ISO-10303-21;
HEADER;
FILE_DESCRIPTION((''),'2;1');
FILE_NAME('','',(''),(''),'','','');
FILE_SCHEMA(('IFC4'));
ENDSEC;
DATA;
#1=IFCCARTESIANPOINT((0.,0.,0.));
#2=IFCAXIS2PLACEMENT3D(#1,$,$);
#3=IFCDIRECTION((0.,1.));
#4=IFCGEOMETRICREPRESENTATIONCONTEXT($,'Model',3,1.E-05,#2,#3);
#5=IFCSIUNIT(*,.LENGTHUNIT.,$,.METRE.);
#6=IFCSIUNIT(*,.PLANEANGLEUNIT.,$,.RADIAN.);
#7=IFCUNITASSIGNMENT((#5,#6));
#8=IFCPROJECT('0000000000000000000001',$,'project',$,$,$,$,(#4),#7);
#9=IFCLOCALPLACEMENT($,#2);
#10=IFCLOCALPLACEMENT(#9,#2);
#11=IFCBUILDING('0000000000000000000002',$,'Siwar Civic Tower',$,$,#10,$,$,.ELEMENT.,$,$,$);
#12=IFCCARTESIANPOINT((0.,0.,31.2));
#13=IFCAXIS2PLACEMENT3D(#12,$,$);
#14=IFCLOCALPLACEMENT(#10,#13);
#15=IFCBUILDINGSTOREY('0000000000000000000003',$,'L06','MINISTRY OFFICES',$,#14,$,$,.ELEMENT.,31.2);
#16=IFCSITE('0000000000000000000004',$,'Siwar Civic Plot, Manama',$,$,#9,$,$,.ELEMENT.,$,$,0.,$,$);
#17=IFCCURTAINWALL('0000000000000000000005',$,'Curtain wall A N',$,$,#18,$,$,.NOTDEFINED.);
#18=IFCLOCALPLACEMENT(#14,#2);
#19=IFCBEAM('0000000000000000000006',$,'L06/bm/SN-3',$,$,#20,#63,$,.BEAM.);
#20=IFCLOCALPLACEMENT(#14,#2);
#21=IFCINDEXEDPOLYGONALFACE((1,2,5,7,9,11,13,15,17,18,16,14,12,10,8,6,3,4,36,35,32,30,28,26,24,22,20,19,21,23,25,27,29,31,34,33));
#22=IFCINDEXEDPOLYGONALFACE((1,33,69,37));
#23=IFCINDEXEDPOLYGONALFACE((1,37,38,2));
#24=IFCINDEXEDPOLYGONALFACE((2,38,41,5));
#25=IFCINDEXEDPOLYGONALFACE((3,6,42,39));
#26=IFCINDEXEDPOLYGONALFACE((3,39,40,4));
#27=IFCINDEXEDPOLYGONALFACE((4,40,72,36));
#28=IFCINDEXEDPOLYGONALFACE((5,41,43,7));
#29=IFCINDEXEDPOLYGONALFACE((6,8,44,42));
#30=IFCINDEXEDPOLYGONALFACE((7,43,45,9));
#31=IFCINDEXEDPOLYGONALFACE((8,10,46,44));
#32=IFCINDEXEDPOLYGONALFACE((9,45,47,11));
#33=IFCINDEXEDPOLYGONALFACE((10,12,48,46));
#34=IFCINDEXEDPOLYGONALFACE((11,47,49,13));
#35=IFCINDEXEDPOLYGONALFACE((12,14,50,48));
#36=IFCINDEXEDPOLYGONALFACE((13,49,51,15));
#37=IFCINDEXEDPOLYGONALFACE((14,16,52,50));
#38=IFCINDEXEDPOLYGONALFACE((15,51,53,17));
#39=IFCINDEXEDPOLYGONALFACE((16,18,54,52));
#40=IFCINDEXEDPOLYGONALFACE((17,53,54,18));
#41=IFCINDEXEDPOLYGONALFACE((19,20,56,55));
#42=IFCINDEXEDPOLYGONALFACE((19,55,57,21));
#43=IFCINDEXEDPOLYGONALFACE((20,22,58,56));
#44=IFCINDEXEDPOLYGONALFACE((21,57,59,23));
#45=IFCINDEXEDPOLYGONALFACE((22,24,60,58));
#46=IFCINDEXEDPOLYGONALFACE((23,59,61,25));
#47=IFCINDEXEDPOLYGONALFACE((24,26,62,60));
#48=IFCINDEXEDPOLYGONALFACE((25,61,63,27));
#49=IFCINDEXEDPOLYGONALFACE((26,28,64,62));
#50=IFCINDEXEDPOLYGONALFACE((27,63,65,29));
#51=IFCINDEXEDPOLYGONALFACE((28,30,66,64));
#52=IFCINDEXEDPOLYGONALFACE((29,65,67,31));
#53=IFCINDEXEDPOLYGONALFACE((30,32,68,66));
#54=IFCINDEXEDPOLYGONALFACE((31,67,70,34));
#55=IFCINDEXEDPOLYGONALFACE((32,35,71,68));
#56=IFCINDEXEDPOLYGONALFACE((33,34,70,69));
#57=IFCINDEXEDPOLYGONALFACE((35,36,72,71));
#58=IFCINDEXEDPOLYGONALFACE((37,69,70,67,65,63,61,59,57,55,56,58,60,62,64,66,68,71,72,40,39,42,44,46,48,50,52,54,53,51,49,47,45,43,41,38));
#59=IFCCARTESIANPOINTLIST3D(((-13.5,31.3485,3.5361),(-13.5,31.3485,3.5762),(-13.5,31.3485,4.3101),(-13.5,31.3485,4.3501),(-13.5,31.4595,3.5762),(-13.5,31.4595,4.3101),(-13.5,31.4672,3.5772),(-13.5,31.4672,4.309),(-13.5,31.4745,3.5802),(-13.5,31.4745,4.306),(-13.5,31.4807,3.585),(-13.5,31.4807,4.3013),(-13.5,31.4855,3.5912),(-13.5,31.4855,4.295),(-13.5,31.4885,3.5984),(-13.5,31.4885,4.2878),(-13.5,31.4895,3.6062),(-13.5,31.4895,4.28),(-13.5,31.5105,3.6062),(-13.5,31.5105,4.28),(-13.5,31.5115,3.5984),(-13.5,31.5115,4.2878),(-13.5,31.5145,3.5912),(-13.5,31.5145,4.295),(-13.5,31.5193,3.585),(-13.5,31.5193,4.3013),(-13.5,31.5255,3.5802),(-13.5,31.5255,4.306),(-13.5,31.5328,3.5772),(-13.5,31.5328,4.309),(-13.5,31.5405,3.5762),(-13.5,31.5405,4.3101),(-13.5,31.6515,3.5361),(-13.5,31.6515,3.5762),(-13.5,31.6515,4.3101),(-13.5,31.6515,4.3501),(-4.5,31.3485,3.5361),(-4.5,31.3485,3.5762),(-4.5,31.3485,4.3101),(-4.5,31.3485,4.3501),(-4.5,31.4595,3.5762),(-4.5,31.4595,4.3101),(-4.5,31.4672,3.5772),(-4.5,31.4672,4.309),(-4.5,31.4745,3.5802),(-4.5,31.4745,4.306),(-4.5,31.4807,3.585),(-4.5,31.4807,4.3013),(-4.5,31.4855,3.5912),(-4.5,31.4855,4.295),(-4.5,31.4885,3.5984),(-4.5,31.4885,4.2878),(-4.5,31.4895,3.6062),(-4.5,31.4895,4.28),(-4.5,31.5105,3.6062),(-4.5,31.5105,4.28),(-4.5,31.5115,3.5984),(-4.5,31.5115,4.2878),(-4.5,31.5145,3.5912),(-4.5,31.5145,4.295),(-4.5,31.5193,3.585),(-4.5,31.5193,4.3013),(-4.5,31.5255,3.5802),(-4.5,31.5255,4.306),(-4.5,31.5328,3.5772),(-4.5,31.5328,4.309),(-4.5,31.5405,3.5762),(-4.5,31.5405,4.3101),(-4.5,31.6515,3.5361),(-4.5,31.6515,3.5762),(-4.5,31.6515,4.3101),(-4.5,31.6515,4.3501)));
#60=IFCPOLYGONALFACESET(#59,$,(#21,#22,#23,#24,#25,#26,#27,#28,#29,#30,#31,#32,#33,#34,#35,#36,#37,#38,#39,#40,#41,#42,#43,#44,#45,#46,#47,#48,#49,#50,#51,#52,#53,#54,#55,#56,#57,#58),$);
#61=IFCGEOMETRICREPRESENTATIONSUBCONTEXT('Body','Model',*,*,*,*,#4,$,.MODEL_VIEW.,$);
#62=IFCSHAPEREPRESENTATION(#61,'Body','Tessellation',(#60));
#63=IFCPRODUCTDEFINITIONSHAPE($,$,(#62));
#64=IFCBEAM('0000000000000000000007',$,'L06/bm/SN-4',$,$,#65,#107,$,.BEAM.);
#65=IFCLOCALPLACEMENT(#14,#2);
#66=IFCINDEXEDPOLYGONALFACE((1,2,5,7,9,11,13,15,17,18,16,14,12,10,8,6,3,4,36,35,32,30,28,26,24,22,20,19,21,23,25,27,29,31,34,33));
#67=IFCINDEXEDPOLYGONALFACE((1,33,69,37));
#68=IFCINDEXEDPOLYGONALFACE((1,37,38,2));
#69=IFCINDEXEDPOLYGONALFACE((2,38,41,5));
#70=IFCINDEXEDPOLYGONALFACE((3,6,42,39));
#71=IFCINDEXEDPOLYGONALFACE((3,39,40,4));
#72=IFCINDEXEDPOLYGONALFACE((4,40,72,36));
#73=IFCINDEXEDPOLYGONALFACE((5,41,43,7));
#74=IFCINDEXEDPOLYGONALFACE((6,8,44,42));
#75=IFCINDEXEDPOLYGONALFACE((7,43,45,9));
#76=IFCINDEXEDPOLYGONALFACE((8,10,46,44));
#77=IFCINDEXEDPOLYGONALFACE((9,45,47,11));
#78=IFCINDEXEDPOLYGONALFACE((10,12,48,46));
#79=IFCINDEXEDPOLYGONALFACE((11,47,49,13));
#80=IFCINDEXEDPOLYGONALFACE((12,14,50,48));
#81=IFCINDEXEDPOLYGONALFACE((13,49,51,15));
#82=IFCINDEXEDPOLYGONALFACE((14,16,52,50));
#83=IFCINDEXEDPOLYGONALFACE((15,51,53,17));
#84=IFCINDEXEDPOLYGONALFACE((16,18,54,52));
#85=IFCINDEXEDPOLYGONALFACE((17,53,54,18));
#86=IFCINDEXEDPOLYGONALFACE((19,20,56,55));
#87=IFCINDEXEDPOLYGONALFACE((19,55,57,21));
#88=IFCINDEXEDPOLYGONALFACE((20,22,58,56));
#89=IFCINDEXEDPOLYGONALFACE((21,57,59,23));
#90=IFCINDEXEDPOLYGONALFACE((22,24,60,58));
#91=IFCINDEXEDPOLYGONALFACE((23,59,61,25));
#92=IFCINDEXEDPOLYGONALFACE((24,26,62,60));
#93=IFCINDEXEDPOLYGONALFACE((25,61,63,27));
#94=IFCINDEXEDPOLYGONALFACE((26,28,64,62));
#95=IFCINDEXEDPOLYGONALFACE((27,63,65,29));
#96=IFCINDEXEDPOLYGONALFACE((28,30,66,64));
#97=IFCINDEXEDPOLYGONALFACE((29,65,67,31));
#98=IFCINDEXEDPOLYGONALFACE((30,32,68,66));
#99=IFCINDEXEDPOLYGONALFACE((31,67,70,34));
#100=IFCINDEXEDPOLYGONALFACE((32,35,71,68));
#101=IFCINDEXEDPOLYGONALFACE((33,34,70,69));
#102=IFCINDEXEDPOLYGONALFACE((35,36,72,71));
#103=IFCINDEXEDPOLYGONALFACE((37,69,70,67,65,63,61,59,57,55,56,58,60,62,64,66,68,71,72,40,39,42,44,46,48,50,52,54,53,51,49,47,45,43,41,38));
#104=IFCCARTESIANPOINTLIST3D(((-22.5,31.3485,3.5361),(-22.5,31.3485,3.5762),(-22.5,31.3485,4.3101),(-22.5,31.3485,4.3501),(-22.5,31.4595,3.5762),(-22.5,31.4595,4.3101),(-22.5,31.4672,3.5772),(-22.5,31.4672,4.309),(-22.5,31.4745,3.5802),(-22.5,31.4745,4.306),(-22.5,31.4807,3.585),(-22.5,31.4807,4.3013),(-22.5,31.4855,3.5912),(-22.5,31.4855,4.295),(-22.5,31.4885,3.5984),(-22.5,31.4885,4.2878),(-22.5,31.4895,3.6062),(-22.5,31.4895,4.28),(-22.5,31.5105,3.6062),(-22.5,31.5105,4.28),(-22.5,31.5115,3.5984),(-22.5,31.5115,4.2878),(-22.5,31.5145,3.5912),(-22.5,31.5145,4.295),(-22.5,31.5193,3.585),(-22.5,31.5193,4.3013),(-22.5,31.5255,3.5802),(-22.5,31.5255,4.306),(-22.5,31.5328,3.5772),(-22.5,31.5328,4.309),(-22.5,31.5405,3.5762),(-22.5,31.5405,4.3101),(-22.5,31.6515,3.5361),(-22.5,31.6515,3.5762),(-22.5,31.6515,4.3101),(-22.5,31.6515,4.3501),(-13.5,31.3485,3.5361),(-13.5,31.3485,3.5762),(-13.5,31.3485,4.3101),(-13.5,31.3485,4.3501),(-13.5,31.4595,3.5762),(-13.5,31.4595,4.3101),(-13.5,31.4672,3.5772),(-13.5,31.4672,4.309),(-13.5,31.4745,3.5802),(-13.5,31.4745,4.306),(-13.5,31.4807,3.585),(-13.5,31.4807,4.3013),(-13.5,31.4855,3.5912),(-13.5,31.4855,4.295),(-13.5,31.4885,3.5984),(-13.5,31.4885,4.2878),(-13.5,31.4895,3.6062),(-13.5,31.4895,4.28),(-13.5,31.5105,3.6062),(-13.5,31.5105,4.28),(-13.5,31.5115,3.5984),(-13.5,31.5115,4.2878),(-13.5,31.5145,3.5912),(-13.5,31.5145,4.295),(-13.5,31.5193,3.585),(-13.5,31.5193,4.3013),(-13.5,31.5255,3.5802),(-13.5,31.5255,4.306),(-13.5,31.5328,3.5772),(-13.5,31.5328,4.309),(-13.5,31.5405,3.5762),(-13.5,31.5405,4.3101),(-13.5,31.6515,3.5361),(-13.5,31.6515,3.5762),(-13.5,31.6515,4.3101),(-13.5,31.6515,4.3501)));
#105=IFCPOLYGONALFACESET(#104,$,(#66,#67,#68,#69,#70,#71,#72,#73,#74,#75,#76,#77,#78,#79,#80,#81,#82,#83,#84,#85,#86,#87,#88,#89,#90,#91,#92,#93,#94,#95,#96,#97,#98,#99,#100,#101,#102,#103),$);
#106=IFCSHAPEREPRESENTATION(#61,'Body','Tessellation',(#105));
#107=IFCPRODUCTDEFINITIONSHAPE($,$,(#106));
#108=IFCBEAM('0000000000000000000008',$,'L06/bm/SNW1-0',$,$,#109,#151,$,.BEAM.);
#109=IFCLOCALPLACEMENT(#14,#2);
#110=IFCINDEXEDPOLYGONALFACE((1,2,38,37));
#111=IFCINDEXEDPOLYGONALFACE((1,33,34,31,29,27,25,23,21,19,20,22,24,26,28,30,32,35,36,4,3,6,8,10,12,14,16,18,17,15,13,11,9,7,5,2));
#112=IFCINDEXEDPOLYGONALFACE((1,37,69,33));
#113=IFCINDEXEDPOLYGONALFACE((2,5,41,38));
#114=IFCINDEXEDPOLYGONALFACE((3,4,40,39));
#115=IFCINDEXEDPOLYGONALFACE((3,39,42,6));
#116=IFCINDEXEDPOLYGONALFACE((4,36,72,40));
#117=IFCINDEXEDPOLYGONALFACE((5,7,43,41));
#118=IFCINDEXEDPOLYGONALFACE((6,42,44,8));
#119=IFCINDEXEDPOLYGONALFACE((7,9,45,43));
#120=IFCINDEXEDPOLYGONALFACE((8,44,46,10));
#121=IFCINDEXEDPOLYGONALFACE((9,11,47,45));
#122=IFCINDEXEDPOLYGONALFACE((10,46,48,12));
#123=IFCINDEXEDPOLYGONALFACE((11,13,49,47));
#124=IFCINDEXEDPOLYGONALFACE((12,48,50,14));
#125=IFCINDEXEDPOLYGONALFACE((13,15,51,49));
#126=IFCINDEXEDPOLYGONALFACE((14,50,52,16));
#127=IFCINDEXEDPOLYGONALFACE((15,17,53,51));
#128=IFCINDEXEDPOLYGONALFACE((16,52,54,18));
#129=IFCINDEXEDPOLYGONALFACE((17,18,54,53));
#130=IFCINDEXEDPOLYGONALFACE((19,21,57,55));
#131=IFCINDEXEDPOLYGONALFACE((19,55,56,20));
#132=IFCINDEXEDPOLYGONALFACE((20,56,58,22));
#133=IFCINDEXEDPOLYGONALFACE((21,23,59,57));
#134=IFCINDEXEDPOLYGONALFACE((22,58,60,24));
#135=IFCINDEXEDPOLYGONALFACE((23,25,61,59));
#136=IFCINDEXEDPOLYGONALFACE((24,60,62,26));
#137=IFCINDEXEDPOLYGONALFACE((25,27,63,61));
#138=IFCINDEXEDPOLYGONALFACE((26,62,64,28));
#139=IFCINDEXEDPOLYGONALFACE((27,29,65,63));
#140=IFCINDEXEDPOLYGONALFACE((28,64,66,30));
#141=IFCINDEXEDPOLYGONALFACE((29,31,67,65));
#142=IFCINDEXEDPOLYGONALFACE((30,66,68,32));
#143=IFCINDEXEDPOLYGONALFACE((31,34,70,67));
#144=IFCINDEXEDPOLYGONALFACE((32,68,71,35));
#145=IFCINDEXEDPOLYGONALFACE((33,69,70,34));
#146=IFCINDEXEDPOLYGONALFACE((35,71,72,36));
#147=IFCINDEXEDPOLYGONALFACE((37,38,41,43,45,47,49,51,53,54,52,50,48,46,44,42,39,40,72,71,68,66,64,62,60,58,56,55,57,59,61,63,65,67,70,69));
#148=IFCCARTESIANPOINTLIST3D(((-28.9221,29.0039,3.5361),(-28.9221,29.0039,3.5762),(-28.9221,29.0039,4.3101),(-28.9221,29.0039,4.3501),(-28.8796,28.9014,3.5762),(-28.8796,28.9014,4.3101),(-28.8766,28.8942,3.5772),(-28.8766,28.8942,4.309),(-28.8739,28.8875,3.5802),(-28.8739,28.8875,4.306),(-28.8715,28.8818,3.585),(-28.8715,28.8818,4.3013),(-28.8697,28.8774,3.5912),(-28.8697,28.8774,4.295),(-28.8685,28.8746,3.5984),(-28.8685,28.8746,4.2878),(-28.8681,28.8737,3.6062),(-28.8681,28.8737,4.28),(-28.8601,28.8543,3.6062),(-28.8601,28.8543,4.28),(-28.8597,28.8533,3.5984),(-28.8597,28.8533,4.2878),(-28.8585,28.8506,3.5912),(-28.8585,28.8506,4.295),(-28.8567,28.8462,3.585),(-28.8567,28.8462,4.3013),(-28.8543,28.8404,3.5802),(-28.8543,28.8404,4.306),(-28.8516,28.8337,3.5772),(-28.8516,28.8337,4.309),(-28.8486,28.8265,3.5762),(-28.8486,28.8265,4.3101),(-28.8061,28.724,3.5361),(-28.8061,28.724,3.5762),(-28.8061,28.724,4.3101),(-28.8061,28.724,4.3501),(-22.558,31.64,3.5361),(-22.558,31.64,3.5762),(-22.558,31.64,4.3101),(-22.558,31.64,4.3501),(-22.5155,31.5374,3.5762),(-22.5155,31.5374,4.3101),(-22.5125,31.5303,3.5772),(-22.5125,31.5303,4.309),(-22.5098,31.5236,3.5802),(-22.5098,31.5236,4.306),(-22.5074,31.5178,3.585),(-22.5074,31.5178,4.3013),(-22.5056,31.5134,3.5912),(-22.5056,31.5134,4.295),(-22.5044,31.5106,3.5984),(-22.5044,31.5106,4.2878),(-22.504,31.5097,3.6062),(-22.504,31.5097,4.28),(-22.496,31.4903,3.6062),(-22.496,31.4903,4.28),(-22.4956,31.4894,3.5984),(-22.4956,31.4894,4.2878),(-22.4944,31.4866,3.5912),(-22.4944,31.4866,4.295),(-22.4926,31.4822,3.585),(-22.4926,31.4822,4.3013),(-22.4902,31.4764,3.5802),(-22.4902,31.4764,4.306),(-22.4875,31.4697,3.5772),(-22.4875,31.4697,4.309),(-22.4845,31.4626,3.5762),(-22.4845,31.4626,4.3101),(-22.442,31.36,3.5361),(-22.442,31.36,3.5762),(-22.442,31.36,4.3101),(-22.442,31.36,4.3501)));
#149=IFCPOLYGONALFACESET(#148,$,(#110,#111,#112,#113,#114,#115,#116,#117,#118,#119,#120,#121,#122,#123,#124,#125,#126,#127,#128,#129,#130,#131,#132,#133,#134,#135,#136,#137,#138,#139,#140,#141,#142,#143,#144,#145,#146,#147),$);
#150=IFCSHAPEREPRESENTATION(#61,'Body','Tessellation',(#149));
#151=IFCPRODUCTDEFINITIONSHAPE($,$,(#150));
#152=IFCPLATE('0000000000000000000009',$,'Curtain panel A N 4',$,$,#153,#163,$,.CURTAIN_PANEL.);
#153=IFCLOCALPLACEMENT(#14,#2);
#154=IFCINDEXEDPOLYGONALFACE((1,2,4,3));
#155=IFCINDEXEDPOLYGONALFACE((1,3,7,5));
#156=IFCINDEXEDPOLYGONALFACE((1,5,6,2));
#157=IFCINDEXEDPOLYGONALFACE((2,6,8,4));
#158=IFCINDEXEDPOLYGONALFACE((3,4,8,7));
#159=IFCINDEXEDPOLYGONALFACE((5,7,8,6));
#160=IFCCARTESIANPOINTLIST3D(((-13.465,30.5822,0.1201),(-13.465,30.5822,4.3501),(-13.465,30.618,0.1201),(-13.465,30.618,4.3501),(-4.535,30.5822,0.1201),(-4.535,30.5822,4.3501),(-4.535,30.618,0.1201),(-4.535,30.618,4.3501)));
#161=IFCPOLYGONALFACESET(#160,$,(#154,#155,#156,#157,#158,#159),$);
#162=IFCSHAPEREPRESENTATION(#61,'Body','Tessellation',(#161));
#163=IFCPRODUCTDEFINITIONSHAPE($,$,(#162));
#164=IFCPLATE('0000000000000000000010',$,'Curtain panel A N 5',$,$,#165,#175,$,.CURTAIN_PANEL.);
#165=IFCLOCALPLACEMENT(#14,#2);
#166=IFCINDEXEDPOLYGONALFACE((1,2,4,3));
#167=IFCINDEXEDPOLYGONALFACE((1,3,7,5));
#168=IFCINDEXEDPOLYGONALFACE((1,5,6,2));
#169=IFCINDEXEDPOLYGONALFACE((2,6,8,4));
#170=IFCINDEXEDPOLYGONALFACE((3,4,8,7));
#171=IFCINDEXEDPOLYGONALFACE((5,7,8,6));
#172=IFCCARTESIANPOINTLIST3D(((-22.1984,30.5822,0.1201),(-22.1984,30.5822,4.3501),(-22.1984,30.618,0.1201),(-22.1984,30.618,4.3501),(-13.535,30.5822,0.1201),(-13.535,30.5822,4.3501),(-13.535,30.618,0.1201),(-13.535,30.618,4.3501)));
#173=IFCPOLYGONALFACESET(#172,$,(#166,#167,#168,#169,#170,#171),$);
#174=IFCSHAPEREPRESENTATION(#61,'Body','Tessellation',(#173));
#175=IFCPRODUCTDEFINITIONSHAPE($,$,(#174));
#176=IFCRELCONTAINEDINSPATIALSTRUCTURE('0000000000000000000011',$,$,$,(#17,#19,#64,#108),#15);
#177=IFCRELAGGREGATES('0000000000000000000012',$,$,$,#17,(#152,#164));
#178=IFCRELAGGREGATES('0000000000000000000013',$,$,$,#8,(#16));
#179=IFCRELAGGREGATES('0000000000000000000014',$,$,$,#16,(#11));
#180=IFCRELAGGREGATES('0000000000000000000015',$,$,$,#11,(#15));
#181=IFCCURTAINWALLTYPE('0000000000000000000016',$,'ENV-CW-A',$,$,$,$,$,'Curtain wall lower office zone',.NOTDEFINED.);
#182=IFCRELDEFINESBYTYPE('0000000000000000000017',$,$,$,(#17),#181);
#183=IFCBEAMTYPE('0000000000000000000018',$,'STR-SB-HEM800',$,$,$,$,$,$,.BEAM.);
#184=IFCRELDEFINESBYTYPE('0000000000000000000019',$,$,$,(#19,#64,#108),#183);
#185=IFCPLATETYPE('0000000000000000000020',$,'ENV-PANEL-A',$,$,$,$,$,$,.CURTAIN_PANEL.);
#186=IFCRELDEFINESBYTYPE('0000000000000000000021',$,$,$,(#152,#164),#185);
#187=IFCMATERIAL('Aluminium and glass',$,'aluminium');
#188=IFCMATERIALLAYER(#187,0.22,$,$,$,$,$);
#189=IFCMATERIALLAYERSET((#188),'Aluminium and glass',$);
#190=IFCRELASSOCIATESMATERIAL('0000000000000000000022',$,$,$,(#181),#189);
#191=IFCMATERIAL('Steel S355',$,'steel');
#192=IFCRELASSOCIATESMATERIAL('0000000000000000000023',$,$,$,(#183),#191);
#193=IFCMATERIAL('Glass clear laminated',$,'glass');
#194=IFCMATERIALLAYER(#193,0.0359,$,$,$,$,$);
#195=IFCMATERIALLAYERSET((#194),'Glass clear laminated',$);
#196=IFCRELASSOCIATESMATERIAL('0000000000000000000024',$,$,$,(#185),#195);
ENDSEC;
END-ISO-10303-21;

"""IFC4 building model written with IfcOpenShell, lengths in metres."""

from ifc_helpers import new_model, si_unit, direction, frame, origin, origin_2d, place, context, subcontext, project, spatial, rectangle, i_section, extrude, material, layer, layer_set, material_profile, profile_set, type_object, element, aggregate, save


model = new_model("IFC4")

# Units and contexts
model_context = context("Model", 3, precision=1e-05, world=origin(), true_north=direction((0.0, 1.0)))
body_context = subcontext(model_context, "Body", "Model", "MODEL_VIEW")
ifc_project = project(units=[si_unit("LENGTHUNIT", "METRE"), si_unit("PLANEANGLEUNIT", "RADIAN")], contexts=[model_context])

# Site, building, storey
site_placement = place(None, origin())
site = spatial("IfcSite", under=ifc_project, at=site_placement, Name="Siwar Civic Plot, Manama", CompositionType="ELEMENT", RefElevation=0.0)
building_placement = place(site_placement, origin())
building = spatial("IfcBuilding", under=site, at=building_placement, Name="Siwar Civic Tower", CompositionType="ELEMENT")
storey_placement = place(building_placement, frame((0.0, 0.0, 31.2)))
storey = spatial("IfcBuildingStorey", under=building, at=storey_placement, Name="L06", Description="MINISTRY OFFICES", CompositionType="ELEMENT", Elevation=31.2)

# Curtain wall
ifc_material_1 = material(Name="Aluminium and glass", Category="aluminium")
ifc_layer_1 = layer(ifc_material_1, 0.22)
ifc_layer_set_1 = layer_set([ifc_layer_1], Name="Aluminium and glass")
curtain_wall_type_1 = type_object("IfcCurtainWallType", Name="ENV-CW-A", ElementType="Curtain wall lower office zone", PredefinedType="NOTDEFINED", material=ifc_layer_set_1)
curtain_wall_1_placement = place(storey_placement, origin())
curtain_wall_1 = element("IfcCurtainWall", 1, at=curtain_wall_1_placement, inside=storey, type_object=curtain_wall_type_1, Name="Curtain wall A N", PredefinedType="NOTDEFINED")

# Beams
ifc_material_2 = material(Name="Steel S355", Category="steel")
ifc_material_profile_1 = material_profile(ifc_material_2, i_section(OverallWidth=0.303, OverallDepth=0.814, WebThickness=0.021, FlangeThickness=0.04, FilletRadius=0.03, at=origin_2d()), Name="HEM800")
ifc_profile_set_1 = profile_set([ifc_material_profile_1], Name="Steel S355")
beam_type_1 = type_object("IfcBeamType", Name="STR-SB-HEM800", PredefinedType="BEAM", material=ifc_profile_set_1)
for number, where, z_axis, x_axis, name in (
    (2, (-4.5, 31.5, 3.9431), (-1.0, 0.0, 0.0), (0.0, -1.0, 0.0), "L06/bm/SN-3"),
    (3, (-13.5, 31.5, 3.9431), (-1.0, 0.0, 0.0), (0.0, -1.0, 0.0), "L06/bm/SN-4"),
):
    element("IfcBeam", number, at=place(storey_placement, frame(where, z_axis=z_axis, x_axis=x_axis)), inside=storey, type_object=beam_type_1, Name=name, PredefinedType="BEAM", context=body_context, shape_type="SweptSolid", body=[
        extrude(i_section(OverallWidth=0.303, OverallDepth=0.814, WebThickness=0.021, FlangeThickness=0.04, FilletRadius=0.03, at=origin_2d()), origin(), (0.0, 0.0, 1.0), 9.0),
    ])
beam_1_placement = place(storey_placement, frame((-22.5, 31.5, 3.9431), z_axis=(-0.923883, -0.382674, 0.0), x_axis=(0.382674, -0.923883, 0.0)))
element("IfcBeam", 4, at=beam_1_placement, inside=storey, type_object=beam_type_1, Name="L06/bm/SNW1-0", PredefinedType="BEAM", context=body_context, shape_type="SweptSolid", body=[
    extrude(i_section(OverallWidth=0.303, OverallDepth=0.814, WebThickness=0.021, FlangeThickness=0.04, FilletRadius=0.03, at=origin_2d()), origin(), (0.0, 0.0, 1.0), 6.8884),
])

# Plates
ifc_material_3 = material(Name="Glass clear laminated", Category="glass")
ifc_layer_2 = layer(ifc_material_3, 0.0359)
ifc_layer_set_2 = layer_set([ifc_layer_2], Name="Glass clear laminated")
plate_type = type_object("IfcPlateType", Name="ENV-PANEL-A", PredefinedType="CURTAIN_PANEL", material=ifc_layer_set_2)
plate_1_placement = place(storey_placement, frame((-9.0, 30.6001, 0.1201), z_axis=(0.0, 0.0, 1.0), x_axis=(-1.0, 0.0, 0.0)))
plate_1 = element("IfcPlate", 5, at=plate_1_placement, type_object=plate_type, Name="Curtain panel A N 4", PredefinedType="CURTAIN_PANEL", context=body_context, shape_type="SweptSolid", body=[
    extrude(rectangle(XDim=8.9299, YDim=0.0359, at=origin_2d()), origin(), (0.0, 0.0, 1.0), 4.23),
])
plate_2_placement = place(storey_placement, frame((-17.8667, 30.6001, 0.1201), z_axis=(0.0, 0.0, 1.0), x_axis=(-1.0, 0.0, 0.0)))
plate_2 = element("IfcPlate", 6, at=plate_2_placement, type_object=plate_type, Name="Curtain panel A N 5", PredefinedType="CURTAIN_PANEL", context=body_context, shape_type="SweptSolid", body=[
    extrude(rectangle(XDim=8.6633, YDim=0.0359, at=origin_2d()), origin(), (0.0, 0.0, 1.0), 4.23),
])
aggregate(curtain_wall_1, [plate_1, plate_2])

save(model, "model.ifc")
